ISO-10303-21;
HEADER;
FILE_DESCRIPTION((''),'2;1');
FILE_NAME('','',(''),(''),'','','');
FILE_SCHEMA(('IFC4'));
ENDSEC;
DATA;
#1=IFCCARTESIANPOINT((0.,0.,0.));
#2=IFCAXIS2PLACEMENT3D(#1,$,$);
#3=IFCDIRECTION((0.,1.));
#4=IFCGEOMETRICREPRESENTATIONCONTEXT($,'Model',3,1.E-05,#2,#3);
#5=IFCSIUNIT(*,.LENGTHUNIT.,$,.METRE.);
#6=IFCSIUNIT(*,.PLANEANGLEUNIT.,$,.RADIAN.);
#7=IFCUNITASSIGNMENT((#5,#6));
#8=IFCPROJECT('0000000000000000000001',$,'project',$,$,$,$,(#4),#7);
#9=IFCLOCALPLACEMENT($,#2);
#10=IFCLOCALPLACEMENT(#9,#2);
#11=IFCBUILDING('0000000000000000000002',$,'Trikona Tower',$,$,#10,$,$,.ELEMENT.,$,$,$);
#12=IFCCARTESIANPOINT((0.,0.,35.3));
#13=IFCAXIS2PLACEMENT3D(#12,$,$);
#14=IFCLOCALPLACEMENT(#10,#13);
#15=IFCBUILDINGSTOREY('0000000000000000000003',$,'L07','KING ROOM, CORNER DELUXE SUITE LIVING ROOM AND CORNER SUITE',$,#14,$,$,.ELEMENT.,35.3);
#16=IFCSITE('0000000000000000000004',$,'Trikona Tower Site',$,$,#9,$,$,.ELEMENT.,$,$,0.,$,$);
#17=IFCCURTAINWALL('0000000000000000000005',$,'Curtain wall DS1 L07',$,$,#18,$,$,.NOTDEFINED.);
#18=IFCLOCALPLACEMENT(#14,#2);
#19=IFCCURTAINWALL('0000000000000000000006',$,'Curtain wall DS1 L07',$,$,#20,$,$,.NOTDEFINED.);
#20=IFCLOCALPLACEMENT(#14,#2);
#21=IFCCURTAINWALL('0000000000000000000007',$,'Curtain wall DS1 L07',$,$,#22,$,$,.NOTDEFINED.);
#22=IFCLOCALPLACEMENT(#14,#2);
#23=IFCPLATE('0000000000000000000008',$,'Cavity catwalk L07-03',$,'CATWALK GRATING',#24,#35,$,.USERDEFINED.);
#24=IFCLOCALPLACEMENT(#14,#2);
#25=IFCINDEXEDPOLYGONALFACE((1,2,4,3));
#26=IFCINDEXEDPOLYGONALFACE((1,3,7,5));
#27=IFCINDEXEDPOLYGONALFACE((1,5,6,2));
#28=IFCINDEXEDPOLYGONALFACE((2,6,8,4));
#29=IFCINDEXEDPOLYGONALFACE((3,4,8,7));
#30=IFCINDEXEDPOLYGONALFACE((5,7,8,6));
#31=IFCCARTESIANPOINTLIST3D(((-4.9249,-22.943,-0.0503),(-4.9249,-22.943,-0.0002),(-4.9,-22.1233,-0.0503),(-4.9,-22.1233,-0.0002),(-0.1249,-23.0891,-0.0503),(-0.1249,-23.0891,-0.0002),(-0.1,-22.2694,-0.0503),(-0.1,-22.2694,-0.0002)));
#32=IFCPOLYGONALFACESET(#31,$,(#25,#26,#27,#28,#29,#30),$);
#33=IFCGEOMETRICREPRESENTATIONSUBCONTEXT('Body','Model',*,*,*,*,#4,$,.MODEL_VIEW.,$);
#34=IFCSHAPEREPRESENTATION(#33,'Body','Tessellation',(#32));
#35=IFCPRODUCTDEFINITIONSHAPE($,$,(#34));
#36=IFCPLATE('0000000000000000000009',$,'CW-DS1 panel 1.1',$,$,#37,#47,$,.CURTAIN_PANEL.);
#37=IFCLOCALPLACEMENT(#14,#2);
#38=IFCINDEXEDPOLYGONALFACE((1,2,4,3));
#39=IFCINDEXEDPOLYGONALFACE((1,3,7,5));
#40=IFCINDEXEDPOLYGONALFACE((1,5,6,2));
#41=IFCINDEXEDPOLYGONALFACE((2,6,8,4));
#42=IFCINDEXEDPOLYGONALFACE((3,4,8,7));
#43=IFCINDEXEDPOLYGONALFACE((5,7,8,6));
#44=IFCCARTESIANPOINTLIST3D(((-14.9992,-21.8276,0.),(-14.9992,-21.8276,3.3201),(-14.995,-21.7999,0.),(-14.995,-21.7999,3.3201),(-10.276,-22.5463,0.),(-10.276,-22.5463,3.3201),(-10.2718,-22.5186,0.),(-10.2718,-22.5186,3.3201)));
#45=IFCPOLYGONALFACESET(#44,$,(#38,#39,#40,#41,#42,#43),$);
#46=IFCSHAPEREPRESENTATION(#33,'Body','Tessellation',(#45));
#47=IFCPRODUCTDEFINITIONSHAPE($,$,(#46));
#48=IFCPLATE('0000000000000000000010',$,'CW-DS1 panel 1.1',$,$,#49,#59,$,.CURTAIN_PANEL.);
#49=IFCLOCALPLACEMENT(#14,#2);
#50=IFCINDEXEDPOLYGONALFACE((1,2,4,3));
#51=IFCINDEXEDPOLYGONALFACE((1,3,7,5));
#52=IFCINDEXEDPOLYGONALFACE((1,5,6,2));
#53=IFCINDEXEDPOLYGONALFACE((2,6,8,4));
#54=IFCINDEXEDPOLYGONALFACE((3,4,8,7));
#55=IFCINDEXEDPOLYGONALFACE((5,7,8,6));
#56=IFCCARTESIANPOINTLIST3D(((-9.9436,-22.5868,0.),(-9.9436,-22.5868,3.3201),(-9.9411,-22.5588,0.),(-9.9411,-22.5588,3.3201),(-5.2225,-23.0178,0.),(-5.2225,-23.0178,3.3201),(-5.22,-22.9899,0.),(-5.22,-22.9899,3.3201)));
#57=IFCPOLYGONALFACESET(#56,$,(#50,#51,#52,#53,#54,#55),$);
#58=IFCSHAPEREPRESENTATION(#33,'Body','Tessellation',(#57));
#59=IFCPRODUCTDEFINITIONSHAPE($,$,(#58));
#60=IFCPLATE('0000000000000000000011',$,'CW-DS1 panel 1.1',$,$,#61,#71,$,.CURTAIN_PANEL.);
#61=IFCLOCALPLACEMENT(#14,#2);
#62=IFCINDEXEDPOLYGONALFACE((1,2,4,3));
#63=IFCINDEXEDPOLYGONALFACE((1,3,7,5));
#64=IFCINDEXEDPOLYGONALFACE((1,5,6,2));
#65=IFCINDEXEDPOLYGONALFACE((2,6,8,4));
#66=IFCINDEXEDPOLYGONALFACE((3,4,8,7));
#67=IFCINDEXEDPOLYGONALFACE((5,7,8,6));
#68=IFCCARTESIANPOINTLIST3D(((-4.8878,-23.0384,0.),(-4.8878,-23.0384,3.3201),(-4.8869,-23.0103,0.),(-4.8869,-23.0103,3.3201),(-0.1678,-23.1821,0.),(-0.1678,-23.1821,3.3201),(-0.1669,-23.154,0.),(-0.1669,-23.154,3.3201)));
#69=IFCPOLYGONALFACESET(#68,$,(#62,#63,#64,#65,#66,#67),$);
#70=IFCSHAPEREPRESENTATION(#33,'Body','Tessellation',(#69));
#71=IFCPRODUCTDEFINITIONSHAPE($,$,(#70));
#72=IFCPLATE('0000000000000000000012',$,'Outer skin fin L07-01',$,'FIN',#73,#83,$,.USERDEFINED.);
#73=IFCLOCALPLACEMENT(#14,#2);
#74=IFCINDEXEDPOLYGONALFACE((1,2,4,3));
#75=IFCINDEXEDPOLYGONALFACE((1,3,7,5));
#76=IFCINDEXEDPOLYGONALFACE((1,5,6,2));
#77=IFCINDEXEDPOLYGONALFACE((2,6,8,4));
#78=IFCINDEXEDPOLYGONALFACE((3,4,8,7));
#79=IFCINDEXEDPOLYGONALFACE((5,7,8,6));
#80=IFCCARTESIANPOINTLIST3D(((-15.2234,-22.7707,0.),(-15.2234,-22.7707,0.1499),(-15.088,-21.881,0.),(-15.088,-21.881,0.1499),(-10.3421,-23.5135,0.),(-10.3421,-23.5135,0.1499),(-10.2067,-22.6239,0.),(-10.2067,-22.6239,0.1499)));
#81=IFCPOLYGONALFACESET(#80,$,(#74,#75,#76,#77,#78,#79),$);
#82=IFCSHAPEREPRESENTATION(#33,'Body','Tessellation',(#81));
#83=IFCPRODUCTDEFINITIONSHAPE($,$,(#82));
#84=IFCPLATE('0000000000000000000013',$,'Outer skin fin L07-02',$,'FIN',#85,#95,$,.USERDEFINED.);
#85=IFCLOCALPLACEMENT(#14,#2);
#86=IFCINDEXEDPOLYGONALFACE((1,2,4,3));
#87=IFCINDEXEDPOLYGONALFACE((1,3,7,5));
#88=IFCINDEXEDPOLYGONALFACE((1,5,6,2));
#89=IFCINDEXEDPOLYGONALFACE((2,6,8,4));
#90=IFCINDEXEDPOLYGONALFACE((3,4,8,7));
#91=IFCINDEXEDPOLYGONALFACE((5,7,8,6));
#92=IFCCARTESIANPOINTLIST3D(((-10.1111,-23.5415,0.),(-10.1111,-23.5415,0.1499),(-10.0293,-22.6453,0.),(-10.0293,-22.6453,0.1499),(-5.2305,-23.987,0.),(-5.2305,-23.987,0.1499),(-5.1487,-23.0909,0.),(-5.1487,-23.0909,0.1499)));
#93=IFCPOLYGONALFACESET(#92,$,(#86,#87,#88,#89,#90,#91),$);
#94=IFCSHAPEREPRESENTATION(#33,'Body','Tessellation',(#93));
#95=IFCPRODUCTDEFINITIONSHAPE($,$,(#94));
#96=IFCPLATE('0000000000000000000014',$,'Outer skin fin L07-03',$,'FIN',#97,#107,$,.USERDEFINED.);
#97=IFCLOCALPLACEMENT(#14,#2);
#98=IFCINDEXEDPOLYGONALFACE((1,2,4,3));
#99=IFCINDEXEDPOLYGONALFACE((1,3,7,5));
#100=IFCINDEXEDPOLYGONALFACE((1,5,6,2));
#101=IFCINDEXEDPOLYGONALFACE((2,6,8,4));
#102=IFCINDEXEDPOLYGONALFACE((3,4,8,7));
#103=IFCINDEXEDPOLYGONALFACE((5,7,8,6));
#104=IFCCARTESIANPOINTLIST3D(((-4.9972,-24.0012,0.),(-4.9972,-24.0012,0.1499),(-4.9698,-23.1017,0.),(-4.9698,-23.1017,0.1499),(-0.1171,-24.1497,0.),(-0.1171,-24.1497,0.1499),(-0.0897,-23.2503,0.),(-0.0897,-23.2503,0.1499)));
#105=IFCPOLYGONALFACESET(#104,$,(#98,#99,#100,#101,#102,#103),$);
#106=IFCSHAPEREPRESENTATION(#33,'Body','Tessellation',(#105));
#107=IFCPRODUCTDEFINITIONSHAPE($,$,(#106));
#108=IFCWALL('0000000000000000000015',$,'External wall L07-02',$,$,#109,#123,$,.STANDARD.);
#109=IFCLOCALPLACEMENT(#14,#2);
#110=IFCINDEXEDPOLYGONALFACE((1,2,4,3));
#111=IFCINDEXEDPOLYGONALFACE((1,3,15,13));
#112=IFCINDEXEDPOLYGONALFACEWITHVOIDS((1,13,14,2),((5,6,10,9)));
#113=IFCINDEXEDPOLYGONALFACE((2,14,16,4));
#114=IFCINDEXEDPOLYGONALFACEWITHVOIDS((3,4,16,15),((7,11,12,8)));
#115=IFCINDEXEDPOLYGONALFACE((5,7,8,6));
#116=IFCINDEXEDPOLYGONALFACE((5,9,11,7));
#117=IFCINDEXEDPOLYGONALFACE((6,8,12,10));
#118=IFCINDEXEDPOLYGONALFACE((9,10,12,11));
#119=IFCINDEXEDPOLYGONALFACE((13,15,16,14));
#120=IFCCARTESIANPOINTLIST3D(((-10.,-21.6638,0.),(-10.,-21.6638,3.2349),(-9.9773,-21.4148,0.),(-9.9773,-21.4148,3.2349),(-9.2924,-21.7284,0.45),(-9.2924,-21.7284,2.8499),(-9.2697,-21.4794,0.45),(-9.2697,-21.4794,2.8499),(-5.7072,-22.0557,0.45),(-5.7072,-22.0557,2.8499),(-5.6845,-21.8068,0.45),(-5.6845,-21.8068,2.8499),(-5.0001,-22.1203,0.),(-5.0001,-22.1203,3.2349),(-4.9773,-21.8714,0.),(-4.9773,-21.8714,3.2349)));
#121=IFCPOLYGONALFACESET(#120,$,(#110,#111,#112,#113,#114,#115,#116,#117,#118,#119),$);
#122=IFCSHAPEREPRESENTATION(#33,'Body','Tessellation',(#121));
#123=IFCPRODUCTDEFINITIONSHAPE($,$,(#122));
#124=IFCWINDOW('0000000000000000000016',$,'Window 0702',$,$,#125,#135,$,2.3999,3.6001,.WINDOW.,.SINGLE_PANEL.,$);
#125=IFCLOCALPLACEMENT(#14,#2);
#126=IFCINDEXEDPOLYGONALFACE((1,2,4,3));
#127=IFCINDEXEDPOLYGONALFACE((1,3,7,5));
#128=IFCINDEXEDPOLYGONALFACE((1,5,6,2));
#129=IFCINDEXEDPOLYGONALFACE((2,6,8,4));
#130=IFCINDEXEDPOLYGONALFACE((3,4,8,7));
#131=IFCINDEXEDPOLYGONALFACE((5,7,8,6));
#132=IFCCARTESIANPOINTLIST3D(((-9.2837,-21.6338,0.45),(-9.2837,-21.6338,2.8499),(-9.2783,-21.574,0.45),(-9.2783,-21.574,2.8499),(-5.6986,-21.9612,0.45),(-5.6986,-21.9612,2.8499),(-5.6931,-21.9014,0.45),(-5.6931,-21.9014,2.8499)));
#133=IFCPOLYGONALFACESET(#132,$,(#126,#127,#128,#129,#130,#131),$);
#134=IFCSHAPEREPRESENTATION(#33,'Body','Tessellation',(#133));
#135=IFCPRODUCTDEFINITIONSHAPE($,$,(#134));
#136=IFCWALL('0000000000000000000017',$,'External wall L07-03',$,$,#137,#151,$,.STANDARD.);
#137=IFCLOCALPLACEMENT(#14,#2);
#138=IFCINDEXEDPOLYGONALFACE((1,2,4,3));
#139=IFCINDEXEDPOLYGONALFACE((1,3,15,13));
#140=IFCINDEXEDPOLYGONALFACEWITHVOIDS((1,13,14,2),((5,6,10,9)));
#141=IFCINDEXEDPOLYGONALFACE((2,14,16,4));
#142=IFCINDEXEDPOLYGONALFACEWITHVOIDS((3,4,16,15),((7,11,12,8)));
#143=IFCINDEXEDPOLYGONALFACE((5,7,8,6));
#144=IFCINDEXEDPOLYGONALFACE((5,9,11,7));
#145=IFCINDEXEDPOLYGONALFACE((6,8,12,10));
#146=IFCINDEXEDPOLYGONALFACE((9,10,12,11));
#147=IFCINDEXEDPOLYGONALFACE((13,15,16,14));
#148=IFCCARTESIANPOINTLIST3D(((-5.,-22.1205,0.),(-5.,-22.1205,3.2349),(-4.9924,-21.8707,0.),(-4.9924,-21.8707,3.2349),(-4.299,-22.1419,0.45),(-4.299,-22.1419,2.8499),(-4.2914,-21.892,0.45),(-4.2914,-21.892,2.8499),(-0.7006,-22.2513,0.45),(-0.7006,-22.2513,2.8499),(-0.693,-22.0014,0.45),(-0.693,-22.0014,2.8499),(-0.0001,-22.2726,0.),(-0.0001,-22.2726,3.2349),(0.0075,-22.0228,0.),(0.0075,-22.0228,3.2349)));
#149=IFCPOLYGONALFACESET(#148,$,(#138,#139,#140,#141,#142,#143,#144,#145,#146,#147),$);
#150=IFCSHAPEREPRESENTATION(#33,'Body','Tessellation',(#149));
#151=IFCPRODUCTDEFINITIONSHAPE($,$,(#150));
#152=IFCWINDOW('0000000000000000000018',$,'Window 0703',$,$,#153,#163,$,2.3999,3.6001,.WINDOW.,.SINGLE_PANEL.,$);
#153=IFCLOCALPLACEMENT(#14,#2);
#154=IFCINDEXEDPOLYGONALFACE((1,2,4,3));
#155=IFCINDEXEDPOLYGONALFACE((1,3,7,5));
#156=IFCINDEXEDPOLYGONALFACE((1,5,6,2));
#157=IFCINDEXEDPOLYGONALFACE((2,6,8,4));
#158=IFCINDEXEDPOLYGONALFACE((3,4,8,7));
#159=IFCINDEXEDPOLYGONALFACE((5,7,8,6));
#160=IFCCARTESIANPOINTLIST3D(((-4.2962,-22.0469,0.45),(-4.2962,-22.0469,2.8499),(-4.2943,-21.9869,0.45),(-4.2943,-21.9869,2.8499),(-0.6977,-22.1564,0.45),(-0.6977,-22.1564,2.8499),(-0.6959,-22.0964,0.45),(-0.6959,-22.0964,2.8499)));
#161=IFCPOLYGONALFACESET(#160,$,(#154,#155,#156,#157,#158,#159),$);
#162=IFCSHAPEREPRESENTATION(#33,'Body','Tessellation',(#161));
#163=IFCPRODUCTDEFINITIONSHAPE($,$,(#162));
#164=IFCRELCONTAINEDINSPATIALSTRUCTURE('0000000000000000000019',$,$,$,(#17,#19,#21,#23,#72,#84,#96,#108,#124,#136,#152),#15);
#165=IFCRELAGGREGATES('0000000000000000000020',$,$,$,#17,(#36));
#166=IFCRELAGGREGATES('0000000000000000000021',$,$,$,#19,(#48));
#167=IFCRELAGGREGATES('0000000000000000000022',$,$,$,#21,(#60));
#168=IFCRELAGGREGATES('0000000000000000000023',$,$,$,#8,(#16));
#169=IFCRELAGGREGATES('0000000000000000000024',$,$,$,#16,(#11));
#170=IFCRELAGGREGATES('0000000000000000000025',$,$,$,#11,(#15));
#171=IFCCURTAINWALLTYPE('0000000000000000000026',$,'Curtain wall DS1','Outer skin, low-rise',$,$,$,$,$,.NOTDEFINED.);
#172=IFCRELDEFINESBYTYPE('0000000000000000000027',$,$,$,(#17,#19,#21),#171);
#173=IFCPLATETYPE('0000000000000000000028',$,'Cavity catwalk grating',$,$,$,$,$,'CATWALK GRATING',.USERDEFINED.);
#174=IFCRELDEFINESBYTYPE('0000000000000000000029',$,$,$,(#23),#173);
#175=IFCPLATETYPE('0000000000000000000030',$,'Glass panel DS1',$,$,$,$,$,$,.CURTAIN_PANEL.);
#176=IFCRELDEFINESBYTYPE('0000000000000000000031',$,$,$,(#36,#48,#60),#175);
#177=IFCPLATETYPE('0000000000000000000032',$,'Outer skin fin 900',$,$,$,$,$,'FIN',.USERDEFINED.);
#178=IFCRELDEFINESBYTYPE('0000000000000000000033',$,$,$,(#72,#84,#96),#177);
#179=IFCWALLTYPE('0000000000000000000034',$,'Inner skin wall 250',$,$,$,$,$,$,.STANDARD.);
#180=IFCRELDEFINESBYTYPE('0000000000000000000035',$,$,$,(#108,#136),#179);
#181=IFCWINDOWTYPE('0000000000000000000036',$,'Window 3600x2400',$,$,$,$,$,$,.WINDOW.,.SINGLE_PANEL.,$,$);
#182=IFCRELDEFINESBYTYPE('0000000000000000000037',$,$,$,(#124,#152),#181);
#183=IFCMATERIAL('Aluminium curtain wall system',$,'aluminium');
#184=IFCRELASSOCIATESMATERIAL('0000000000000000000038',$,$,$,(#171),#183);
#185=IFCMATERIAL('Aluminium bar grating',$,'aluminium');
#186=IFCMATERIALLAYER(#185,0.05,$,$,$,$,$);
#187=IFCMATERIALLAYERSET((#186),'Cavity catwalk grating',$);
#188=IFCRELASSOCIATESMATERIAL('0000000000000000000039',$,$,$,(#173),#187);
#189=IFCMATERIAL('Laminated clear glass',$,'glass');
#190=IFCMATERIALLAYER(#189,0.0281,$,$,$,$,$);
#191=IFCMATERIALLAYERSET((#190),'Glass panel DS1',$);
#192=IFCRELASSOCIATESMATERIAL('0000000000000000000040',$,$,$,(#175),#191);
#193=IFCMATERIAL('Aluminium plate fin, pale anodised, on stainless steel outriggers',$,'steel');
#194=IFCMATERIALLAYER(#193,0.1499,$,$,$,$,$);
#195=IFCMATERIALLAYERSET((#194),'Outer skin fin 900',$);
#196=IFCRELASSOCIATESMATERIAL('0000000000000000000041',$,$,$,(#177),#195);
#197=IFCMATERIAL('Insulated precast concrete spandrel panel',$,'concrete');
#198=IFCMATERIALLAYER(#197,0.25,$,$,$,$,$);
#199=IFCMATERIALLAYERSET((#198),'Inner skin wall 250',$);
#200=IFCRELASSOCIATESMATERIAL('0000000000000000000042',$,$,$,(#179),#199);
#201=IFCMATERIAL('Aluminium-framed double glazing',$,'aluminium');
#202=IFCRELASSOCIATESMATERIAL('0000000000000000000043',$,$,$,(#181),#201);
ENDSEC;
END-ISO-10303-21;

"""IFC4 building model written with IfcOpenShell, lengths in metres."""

from ifc_helpers import new_model, si_unit, direction, frame, frame_2d, origin, origin_2d, place, context, subcontext, project, spatial, rectangle, extrude, material, layer, layer_set, type_object, element, fill, aggregate, save


model = new_model("IFC4")

# Units and contexts
model_context = context("Model", 3, precision=1e-05, world=origin(), true_north=direction((0.0, 1.0)))
body_context = subcontext(model_context, "Body", "Model", "MODEL_VIEW")
ifc_project = project(units=[si_unit("LENGTHUNIT", "METRE"), si_unit("PLANEANGLEUNIT", "RADIAN")], contexts=[model_context])

# Site, building, storey
site_placement = place(None, origin())
site = spatial("IfcSite", under=ifc_project, at=site_placement, Name="Trikona Tower Site", CompositionType="ELEMENT", RefElevation=0.0)
building_placement = place(site_placement, origin())
building = spatial("IfcBuilding", under=site, at=building_placement, Name="Trikona Tower", CompositionType="ELEMENT")
storey_placement = place(building_placement, frame((0.0, 0.0, 35.3)))
storey = spatial("IfcBuildingStorey", under=building, at=storey_placement, Name="L07", Description="KING ROOM, CORNER DELUXE SUITE LIVING ROOM AND CORNER SUITE", CompositionType="ELEMENT", Elevation=35.3)

# Curtain wall
ifc_material_1 = material(Name="Aluminium curtain wall system", Category="aluminium")
curtain_wall_type = type_object("IfcCurtainWallType", Name="Curtain wall DS1", Description="Outer skin, low-rise", PredefinedType="NOTDEFINED", material=ifc_material_1)
curtain_wall_1_placement = place(storey_placement, origin())
curtain_wall_1 = element("IfcCurtainWall", 1, at=curtain_wall_1_placement, inside=storey, type_object=curtain_wall_type, Name="Curtain wall DS1 L07", PredefinedType="NOTDEFINED")

# Curtain walls
curtain_wall_2_placement = place(storey_placement, origin())
curtain_wall_2 = element("IfcCurtainWall", 2, at=curtain_wall_2_placement, inside=storey, type_object=curtain_wall_type, Name="Curtain wall DS1 L07", PredefinedType="NOTDEFINED")
curtain_wall_3_placement = place(storey_placement, origin())
curtain_wall_3 = element("IfcCurtainWall", 3, at=curtain_wall_3_placement, inside=storey, type_object=curtain_wall_type, Name="Curtain wall DS1 L07", PredefinedType="NOTDEFINED")

# Plate
ifc_material_2 = material(Name="Aluminium bar grating", Category="aluminium")
ifc_layer_1 = layer(ifc_material_2, 0.05)
ifc_layer_set_1 = layer_set([ifc_layer_1], Name="Cavity catwalk grating")
plate_type_1 = type_object("IfcPlateType", Name="Cavity catwalk grating", ElementType="CATWALK GRATING", PredefinedType="USERDEFINED", material=ifc_layer_set_1)
plate_1_placement = place(storey_placement, frame((-2.5125, -22.6062, -0.0503), z_axis=(0.0, 0.0, 1.0), x_axis=(0.999537, -0.030425, 0.0)))
element("IfcPlate", 4, at=plate_1_placement, inside=storey, type_object=plate_type_1, Name="Cavity catwalk L07-03", ObjectType="CATWALK GRATING", PredefinedType="USERDEFINED", context=body_context, shape_type="SweptSolid", body=[
    extrude(rectangle(XDim=4.8022, YDim=0.8201, at=origin_2d()), origin(), (0.0, 0.0, 1.0), 0.05),
])

# Plates
ifc_material_3 = material(Name="Laminated clear glass", Category="glass")
ifc_layer_2 = layer(ifc_material_3, 0.0281)
ifc_layer_set_2 = layer_set([ifc_layer_2], Name="Glass panel DS1")
plate_type_2 = type_object("IfcPlateType", Name="Glass panel DS1", PredefinedType="CURTAIN_PANEL", material=ifc_layer_set_2)
plate_2_placement = place(storey_placement, frame((-12.6355, -22.1731, 0.0), z_axis=(0.0, 0.0, 1.0), x_axis=(0.988619, -0.150438, 0.0)))
plate_2 = element("IfcPlate", 5, at=plate_2_placement, type_object=plate_type_2, Name="CW-DS1 panel 1.1", PredefinedType="CURTAIN_PANEL", context=body_context, shape_type="SweptSolid", body=[
    extrude(rectangle(XDim=4.7776, YDim=0.0281, at=origin_2d()), origin(), (0.0, 0.0, 1.0), 3.3201),
])
aggregate(curtain_wall_1, [plate_2])
plate_3_placement = place(storey_placement, frame((-7.5818, -22.7883, 0.0), z_axis=(0.0, 0.0, 1.0), x_axis=(0.995858, -0.090924, 0.0)))
plate_3 = element("IfcPlate", 6, at=plate_3_placement, type_object=plate_type_2, Name="CW-DS1 panel 1.1", PredefinedType="CURTAIN_PANEL", context=body_context, shape_type="SweptSolid", body=[
    extrude(rectangle(XDim=4.7407, YDim=0.0281, at=origin_2d()), origin(), (0.0, 0.0, 1.0), 3.3201),
])
aggregate(curtain_wall_2, [plate_3])
plate_4_placement = place(storey_placement, frame((-2.5273, -23.0962, 0.0), z_axis=(0.0, 0.0, 1.0), x_axis=(0.999537, -0.030437, 0.0)))
plate_4 = element("IfcPlate", 7, at=plate_4_placement, type_object=plate_type_2, Name="CW-DS1 panel 1.1", PredefinedType="CURTAIN_PANEL", context=body_context, shape_type="SweptSolid", body=[
    extrude(rectangle(XDim=4.7222, YDim=0.0281, at=origin_2d()), origin(), (0.0, 0.0, 1.0), 3.3201),
])
aggregate(curtain_wall_3, [plate_4])

# Plates
ifc_material_4 = material(Name="Aluminium plate fin, pale anodised, on stainless steel outriggers", Category="steel")
ifc_layer_3 = layer(ifc_material_4, 0.1499)
ifc_layer_set_3 = layer_set([ifc_layer_3], Name="Outer skin fin 900")
plate_type_3 = type_object("IfcPlateType", Name="Outer skin fin 900", ElementType="FIN", PredefinedType="USERDEFINED", material=ifc_layer_set_3)
plate_5_placement = place(storey_placement, frame((-12.7151, -22.6973, 0.0), z_axis=(0.0, 0.0, 1.0), x_axis=(0.988618, -0.150448, 0.0)))
element("IfcPlate", 8, at=plate_5_placement, inside=storey, type_object=plate_type_3, Name="Outer skin fin L07-01", ObjectType="FIN", PredefinedType="USERDEFINED", context=body_context, shape_type="SweptSolid", body=[
    extrude(rectangle(XDim=4.9375, YDim=0.8999, at=origin_2d()), origin(), (0.0, 0.0, 1.0), 0.1499),
])
plate_6_placement = place(storey_placement, frame((-7.6299, -23.3162, 0.0), z_axis=(0.0, 0.0, 1.0), x_axis=(0.995858, -0.090921, 0.0)))
element("IfcPlate", 9, at=plate_6_placement, inside=storey, type_object=plate_type_3, Name="Outer skin fin L07-02", ObjectType="FIN", PredefinedType="USERDEFINED", context=body_context, shape_type="SweptSolid", body=[
    extrude(rectangle(XDim=4.9009, YDim=0.8999, at=origin_2d()), origin(), (0.0, 0.0, 1.0), 0.1499),
])
plate_7_placement = place(storey_placement, frame((-2.5435, -23.6257, 0.0), z_axis=(0.0, 0.0, 1.0), x_axis=(0.999537, -0.030425, 0.0)))
element("IfcPlate", 10, at=plate_7_placement, inside=storey, type_object=plate_type_3, Name="Outer skin fin L07-03", ObjectType="FIN", PredefinedType="USERDEFINED", context=body_context, shape_type="SweptSolid", body=[
    extrude(rectangle(XDim=4.8823, YDim=0.8999, at=origin_2d()), origin(), (0.0, 0.0, 1.0), 0.1499),
])

# Walls, openings, windows
ifc_material_5 = material(Name="Insulated precast concrete spandrel panel", Category="concrete")
ifc_layer_4 = layer(ifc_material_5, 0.25)
ifc_layer_set_4 = layer_set([ifc_layer_4], Name="Inner skin wall 250")
wall_type = type_object("IfcWallType", Name="Inner skin wall 250", PredefinedType="STANDARD", material=ifc_layer_set_4)
wall_1_placement = place(storey_placement, frame((-9.9885, -21.5393, 0.0), z_axis=(0.0, 0.0, 1.0), x_axis=(0.995857, -0.09093, 0.0)))
wall_1 = element("IfcWall", 11, at=wall_1_placement, inside=storey, type_object=wall_type, Name="External wall L07-02", PredefinedType="STANDARD", context=body_context, shape_type="SweptSolid", body=[
    extrude(rectangle(XDim=5.0208, YDim=0.25, at=frame_2d((2.5103, 0.0))), origin(), (0.0, 0.0, 1.0), 3.2349),
])
opening_1_placement = place(wall_1_placement, frame((0.7104, 0.0, 0.45)))
opening_1 = element("IfcOpeningElement", 12, at=opening_1_placement, cuts=wall_1, PredefinedType="OPENING", context=body_context, shape_type="SweptSolid", body=[
    extrude(rectangle(XDim=3.6001, YDim=2.3999, at=frame_2d((1.8, 1.2))), frame((0.0, 0.135, 0.0), z_axis=(0.0, -1.0, 0.0), x_axis=(1.0, 0.0, 0.0)), (0.0, 0.0, 1.0), 0.27),
])
ifc_material_6 = material(Name="Aluminium-framed double glazing", Category="aluminium")
window_type = type_object("IfcWindowType", Name="Window 3600x2400", PartitioningType="SINGLE_PANEL", PredefinedType="WINDOW", material=ifc_material_6)
window_1_placement = place(opening_1_placement, origin())
window_1 = element("IfcWindow", 13, at=window_1_placement, inside=storey, type_object=window_type, Name="Window 0702", OverallHeight=2.3999, OverallWidth=3.6001, PartitioningType="SINGLE_PANEL", PredefinedType="WINDOW", context=body_context, shape_type="SweptSolid", body=[
    extrude(rectangle(XDim=3.6001, YDim=2.3999, at=frame_2d((1.8, 1.2))), frame((0.0, 0.03, 0.0), z_axis=(0.0, -1.0, 0.0), x_axis=(1.0, 0.0, 0.0)), (0.0, 0.0, 1.0), 0.0601),
])
fill(opening_1, window_1)
wall_2_placement = place(storey_placement, frame((-4.9961, -21.9956, 0.0), z_axis=(0.0, 0.0, 1.0), x_axis=(0.999538, -0.030406, 0.0)))
wall_2 = element("IfcWall", 14, at=wall_2_placement, inside=storey, type_object=wall_type, Name="External wall L07-03", PredefinedType="STANDARD", context=body_context, shape_type="SweptSolid", body=[
    extrude(rectangle(XDim=5.0022, YDim=0.25, at=frame_2d((2.501, 0.0))), origin(), (0.0, 0.0, 1.0), 3.2349),
])
opening_2_placement = place(wall_2_placement, frame((0.7012, 0.0, 0.45)))
opening_2 = element("IfcOpeningElement", 15, at=opening_2_placement, cuts=wall_2, PredefinedType="OPENING", context=body_context, shape_type="SweptSolid", body=[
    extrude(rectangle(XDim=3.6001, YDim=2.3999, at=frame_2d((1.8, 1.2))), frame((0.0, 0.135, 0.0), z_axis=(0.0, -1.0, 0.0), x_axis=(1.0, 0.0, 0.0)), (0.0, 0.0, 1.0), 0.27),
])
window_2_placement = place(opening_2_placement, origin())
window_2 = element("IfcWindow", 16, at=window_2_placement, inside=storey, type_object=window_type, Name="Window 0703", OverallHeight=2.3999, OverallWidth=3.6001, PartitioningType="SINGLE_PANEL", PredefinedType="WINDOW", context=body_context, shape_type="SweptSolid", body=[
    extrude(rectangle(XDim=3.6001, YDim=2.3999, at=frame_2d((1.8, 1.2))), frame((0.0, 0.03, 0.0), z_axis=(0.0, -1.0, 0.0), x_axis=(1.0, 0.0, 0.0)), (0.0, 0.0, 1.0), 0.0601),
])
fill(opening_2, window_2)

save(model, "model.ifc")
